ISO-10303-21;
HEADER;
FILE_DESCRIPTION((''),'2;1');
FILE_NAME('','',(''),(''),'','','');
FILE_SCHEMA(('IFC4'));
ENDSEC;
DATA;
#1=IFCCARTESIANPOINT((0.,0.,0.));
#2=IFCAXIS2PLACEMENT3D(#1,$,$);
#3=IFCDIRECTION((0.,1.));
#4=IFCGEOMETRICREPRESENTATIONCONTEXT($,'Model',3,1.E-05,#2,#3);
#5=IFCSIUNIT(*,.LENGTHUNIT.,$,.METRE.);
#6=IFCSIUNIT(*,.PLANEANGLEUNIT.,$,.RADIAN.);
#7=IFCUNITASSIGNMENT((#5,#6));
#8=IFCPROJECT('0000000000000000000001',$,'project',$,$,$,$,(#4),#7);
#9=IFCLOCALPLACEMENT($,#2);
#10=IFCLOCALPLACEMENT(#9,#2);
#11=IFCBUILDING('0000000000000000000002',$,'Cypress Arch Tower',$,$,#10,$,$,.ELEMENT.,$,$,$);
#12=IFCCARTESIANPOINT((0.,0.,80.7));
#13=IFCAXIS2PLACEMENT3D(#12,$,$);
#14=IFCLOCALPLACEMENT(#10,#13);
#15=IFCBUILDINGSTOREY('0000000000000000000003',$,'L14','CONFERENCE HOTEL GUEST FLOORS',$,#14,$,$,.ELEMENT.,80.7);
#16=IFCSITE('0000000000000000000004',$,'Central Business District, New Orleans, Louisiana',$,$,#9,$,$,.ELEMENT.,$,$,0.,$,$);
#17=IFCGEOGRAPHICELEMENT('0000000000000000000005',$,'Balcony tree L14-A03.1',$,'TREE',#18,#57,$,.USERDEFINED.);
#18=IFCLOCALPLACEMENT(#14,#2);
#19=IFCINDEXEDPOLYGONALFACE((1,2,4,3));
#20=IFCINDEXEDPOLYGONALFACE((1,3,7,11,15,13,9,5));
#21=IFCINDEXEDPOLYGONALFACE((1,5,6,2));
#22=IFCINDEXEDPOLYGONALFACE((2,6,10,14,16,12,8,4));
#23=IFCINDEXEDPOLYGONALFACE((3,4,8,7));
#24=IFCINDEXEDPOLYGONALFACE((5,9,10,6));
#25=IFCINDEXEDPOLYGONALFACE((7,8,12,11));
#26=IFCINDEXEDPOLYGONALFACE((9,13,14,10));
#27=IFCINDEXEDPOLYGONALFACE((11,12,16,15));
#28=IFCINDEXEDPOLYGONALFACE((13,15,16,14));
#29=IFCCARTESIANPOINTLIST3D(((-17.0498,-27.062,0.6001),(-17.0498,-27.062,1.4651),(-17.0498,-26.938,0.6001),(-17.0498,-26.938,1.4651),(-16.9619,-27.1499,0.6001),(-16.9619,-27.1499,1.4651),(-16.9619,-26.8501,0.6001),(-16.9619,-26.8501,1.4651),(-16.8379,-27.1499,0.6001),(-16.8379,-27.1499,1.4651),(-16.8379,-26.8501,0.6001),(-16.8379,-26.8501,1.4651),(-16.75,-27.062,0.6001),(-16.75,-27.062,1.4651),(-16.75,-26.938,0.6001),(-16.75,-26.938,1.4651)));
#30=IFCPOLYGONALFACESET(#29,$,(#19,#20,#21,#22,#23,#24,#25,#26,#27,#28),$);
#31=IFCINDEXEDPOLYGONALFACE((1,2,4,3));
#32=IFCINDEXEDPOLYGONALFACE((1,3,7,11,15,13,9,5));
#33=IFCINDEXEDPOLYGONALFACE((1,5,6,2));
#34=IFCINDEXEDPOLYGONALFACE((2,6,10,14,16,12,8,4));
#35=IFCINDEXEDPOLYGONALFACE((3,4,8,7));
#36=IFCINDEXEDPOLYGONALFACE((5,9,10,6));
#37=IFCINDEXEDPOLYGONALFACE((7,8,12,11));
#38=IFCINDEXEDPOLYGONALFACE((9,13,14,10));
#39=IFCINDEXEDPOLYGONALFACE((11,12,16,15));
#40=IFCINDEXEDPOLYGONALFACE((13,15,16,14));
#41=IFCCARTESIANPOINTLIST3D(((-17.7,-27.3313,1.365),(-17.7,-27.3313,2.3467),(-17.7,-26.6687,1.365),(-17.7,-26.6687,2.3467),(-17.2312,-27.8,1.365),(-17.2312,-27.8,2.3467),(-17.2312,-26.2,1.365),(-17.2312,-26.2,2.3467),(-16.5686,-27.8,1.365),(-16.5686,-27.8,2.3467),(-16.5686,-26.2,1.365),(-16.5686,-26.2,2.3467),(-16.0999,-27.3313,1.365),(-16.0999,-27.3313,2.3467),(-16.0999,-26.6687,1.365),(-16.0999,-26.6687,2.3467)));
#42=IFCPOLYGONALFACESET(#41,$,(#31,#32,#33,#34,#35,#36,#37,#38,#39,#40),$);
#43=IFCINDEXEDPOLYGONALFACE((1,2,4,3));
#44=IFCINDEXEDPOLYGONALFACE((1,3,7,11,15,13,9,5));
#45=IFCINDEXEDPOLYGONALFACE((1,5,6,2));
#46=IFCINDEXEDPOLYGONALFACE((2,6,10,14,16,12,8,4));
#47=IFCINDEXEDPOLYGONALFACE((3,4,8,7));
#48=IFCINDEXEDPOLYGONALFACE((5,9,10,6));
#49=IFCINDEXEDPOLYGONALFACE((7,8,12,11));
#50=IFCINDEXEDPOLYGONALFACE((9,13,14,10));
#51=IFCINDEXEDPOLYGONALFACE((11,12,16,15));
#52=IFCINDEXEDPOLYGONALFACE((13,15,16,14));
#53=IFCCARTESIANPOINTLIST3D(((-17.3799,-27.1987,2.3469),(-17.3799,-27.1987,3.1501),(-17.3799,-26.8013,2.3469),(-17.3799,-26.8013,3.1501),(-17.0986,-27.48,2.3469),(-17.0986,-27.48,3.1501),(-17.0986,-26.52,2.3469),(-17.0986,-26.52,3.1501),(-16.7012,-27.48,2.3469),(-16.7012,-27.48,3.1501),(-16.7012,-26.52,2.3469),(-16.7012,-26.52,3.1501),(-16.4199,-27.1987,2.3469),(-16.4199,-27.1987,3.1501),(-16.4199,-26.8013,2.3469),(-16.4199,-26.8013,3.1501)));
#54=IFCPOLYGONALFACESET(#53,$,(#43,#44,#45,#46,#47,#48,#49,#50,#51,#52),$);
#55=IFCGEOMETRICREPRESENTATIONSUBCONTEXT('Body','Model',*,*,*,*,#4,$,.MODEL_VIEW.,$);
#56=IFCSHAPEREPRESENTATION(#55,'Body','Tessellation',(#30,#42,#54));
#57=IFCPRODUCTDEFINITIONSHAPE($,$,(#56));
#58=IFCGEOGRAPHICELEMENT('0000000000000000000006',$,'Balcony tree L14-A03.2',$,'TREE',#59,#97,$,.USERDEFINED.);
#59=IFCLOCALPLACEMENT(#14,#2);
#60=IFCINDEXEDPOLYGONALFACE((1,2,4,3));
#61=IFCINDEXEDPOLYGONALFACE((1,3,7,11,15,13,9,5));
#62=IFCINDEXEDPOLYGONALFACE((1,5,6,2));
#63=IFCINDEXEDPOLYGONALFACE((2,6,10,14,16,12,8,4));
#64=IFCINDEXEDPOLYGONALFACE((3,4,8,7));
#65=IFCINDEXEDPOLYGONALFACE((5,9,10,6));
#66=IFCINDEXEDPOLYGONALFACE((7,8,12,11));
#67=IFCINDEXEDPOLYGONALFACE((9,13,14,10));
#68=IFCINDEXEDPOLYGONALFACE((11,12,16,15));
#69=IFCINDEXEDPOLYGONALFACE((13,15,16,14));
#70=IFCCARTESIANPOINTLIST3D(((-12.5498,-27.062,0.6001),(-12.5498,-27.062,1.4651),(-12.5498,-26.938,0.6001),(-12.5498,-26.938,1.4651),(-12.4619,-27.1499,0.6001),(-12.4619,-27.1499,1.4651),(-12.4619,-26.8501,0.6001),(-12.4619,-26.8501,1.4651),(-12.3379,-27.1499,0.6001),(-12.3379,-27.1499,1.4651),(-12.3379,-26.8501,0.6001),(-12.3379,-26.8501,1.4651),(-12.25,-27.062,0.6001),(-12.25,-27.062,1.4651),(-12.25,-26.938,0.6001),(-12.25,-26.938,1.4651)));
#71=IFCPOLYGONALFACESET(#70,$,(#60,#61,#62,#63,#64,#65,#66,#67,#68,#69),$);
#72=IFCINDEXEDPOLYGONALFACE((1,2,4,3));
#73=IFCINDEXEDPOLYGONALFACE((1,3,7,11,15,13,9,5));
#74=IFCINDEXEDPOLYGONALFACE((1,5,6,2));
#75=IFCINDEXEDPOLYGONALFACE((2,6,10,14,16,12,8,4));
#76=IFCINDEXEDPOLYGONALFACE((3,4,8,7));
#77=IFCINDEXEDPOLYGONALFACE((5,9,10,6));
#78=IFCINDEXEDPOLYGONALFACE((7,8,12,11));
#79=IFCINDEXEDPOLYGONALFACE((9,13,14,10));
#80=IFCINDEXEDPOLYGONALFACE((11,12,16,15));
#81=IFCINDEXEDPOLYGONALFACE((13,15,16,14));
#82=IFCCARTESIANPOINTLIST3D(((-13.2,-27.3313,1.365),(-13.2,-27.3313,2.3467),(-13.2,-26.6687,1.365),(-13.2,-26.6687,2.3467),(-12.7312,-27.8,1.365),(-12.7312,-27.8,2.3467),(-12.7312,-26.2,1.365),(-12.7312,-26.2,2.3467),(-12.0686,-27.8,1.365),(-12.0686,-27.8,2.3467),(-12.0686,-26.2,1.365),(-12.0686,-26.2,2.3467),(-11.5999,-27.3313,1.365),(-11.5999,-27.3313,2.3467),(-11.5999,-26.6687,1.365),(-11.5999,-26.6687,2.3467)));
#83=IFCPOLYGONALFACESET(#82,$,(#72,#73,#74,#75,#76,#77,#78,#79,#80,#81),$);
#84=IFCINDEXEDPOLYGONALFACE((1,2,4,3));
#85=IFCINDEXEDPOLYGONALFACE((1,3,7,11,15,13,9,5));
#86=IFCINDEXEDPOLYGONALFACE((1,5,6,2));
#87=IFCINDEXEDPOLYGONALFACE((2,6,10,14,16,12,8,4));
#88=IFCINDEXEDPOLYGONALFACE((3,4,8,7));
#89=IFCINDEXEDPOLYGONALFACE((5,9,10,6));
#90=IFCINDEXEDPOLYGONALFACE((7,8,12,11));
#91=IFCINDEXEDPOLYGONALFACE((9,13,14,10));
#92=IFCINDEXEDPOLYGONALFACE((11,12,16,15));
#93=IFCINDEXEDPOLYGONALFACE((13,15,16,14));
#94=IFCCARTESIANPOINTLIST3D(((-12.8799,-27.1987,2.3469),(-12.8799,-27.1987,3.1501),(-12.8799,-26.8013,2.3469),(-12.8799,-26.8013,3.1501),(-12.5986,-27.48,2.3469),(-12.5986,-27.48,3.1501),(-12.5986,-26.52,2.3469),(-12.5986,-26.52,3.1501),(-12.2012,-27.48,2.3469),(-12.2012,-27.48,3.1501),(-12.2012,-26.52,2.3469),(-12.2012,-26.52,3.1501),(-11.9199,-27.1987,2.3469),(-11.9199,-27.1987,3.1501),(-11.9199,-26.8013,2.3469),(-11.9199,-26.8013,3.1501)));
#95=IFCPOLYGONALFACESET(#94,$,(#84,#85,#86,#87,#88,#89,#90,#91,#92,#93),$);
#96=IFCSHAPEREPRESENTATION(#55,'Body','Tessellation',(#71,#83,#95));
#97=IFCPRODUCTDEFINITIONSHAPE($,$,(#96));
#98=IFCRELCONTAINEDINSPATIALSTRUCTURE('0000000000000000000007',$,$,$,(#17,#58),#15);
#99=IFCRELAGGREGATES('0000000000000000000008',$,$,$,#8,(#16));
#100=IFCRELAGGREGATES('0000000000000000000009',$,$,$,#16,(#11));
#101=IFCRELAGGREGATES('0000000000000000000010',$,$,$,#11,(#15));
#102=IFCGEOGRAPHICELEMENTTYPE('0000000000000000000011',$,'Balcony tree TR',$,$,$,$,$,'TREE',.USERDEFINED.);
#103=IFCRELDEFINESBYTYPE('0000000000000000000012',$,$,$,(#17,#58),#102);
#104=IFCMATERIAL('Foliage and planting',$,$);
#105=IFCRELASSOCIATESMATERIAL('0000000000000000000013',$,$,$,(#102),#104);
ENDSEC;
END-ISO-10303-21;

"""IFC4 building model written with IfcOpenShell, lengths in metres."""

from ifc_helpers import new_model, si_unit, direction, frame, origin, place, context, subcontext, project, spatial, polyline, outline, extrude, material, type_object, element, save


model = new_model("IFC4")

# Units and contexts
model_context = context("Model", 3, precision=1e-05, world=origin(), true_north=direction((0.0, 1.0)))
body_context = subcontext(model_context, "Body", "Model", "MODEL_VIEW")
ifc_project = project(units=[si_unit("LENGTHUNIT", "METRE"), si_unit("PLANEANGLEUNIT", "RADIAN")], contexts=[model_context])

# Site, building, storey
site_placement = place(None, origin())
site = spatial("IfcSite", under=ifc_project, at=site_placement, Name="Central Business District, New Orleans, Louisiana", CompositionType="ELEMENT", RefElevation=0.0)
building_placement = place(site_placement, origin())
building = spatial("IfcBuilding", under=site, at=building_placement, Name="Cypress Arch Tower", CompositionType="ELEMENT")
storey_placement = place(building_placement, frame((0.0, 0.0, 80.7)))
storey = spatial("IfcBuildingStorey", under=building, at=storey_placement, Name="L14", Description="CONFERENCE HOTEL GUEST FLOORS", CompositionType="ELEMENT", Elevation=80.7)

# Geographic elements
ifc_material_1 = material(Name="Foliage and planting")
geographic_element_type = type_object("IfcGeographicElementType", Name="Balcony tree TR", ElementType="TREE", PredefinedType="USERDEFINED", material=ifc_material_1)
for number, where, z_axis, x_axis, name in (
    (1, (-16.8999, -27.0, 0.6001), (0.0, 0.0, 1.0), (1.0, 0.0, 0.0), "Balcony tree L14-A03.1"),
    (2, (-12.3999, -27.0, 0.6001), (0.0, 0.0, 1.0), (1.0, 0.0, 0.0), "Balcony tree L14-A03.2"),
):
    element("IfcGeographicElement", number, at=place(storey_placement, frame(where, z_axis=z_axis, x_axis=x_axis)), inside=storey, type_object=geographic_element_type, Name=name, ObjectType="TREE", PredefinedType="USERDEFINED", context=body_context, shape_type="SweptSolid", body=[
        extrude(outline(polyline([(0.1499, 0.062), (0.062, 0.1499), (-0.062, 0.1499), (-0.1499, 0.062), (-0.1499, -0.062), (-0.062, -0.1499), (0.062, -0.1499), (0.1499, -0.062), (0.1499, 0.062)])), origin(), (0.0, 0.0, 1.0), 0.865),
        extrude(outline(polyline([(0.8, 0.3313), (0.3313, 0.8), (-0.3313, 0.8), (-0.8, 0.3313), (-0.8, -0.3313), (-0.3313, -0.8), (0.3313, -0.8), (0.8, -0.3313), (0.8, 0.3313)])), frame((0.0, 0.0, 0.7649)), (0.0, 0.0, 1.0), 0.9817),
        extrude(outline(polyline([(0.48, 0.1987), (0.1987, 0.48), (-0.1987, 0.48), (-0.48, 0.1987), (-0.48, -0.1987), (-0.1987, -0.48), (0.1987, -0.48), (0.48, -0.1987), (0.48, 0.1987)])), frame((0.0, 0.0, 1.7468)), (0.0, 0.0, 1.0), 0.8032),
    ])

save(model, "model.ifc")
